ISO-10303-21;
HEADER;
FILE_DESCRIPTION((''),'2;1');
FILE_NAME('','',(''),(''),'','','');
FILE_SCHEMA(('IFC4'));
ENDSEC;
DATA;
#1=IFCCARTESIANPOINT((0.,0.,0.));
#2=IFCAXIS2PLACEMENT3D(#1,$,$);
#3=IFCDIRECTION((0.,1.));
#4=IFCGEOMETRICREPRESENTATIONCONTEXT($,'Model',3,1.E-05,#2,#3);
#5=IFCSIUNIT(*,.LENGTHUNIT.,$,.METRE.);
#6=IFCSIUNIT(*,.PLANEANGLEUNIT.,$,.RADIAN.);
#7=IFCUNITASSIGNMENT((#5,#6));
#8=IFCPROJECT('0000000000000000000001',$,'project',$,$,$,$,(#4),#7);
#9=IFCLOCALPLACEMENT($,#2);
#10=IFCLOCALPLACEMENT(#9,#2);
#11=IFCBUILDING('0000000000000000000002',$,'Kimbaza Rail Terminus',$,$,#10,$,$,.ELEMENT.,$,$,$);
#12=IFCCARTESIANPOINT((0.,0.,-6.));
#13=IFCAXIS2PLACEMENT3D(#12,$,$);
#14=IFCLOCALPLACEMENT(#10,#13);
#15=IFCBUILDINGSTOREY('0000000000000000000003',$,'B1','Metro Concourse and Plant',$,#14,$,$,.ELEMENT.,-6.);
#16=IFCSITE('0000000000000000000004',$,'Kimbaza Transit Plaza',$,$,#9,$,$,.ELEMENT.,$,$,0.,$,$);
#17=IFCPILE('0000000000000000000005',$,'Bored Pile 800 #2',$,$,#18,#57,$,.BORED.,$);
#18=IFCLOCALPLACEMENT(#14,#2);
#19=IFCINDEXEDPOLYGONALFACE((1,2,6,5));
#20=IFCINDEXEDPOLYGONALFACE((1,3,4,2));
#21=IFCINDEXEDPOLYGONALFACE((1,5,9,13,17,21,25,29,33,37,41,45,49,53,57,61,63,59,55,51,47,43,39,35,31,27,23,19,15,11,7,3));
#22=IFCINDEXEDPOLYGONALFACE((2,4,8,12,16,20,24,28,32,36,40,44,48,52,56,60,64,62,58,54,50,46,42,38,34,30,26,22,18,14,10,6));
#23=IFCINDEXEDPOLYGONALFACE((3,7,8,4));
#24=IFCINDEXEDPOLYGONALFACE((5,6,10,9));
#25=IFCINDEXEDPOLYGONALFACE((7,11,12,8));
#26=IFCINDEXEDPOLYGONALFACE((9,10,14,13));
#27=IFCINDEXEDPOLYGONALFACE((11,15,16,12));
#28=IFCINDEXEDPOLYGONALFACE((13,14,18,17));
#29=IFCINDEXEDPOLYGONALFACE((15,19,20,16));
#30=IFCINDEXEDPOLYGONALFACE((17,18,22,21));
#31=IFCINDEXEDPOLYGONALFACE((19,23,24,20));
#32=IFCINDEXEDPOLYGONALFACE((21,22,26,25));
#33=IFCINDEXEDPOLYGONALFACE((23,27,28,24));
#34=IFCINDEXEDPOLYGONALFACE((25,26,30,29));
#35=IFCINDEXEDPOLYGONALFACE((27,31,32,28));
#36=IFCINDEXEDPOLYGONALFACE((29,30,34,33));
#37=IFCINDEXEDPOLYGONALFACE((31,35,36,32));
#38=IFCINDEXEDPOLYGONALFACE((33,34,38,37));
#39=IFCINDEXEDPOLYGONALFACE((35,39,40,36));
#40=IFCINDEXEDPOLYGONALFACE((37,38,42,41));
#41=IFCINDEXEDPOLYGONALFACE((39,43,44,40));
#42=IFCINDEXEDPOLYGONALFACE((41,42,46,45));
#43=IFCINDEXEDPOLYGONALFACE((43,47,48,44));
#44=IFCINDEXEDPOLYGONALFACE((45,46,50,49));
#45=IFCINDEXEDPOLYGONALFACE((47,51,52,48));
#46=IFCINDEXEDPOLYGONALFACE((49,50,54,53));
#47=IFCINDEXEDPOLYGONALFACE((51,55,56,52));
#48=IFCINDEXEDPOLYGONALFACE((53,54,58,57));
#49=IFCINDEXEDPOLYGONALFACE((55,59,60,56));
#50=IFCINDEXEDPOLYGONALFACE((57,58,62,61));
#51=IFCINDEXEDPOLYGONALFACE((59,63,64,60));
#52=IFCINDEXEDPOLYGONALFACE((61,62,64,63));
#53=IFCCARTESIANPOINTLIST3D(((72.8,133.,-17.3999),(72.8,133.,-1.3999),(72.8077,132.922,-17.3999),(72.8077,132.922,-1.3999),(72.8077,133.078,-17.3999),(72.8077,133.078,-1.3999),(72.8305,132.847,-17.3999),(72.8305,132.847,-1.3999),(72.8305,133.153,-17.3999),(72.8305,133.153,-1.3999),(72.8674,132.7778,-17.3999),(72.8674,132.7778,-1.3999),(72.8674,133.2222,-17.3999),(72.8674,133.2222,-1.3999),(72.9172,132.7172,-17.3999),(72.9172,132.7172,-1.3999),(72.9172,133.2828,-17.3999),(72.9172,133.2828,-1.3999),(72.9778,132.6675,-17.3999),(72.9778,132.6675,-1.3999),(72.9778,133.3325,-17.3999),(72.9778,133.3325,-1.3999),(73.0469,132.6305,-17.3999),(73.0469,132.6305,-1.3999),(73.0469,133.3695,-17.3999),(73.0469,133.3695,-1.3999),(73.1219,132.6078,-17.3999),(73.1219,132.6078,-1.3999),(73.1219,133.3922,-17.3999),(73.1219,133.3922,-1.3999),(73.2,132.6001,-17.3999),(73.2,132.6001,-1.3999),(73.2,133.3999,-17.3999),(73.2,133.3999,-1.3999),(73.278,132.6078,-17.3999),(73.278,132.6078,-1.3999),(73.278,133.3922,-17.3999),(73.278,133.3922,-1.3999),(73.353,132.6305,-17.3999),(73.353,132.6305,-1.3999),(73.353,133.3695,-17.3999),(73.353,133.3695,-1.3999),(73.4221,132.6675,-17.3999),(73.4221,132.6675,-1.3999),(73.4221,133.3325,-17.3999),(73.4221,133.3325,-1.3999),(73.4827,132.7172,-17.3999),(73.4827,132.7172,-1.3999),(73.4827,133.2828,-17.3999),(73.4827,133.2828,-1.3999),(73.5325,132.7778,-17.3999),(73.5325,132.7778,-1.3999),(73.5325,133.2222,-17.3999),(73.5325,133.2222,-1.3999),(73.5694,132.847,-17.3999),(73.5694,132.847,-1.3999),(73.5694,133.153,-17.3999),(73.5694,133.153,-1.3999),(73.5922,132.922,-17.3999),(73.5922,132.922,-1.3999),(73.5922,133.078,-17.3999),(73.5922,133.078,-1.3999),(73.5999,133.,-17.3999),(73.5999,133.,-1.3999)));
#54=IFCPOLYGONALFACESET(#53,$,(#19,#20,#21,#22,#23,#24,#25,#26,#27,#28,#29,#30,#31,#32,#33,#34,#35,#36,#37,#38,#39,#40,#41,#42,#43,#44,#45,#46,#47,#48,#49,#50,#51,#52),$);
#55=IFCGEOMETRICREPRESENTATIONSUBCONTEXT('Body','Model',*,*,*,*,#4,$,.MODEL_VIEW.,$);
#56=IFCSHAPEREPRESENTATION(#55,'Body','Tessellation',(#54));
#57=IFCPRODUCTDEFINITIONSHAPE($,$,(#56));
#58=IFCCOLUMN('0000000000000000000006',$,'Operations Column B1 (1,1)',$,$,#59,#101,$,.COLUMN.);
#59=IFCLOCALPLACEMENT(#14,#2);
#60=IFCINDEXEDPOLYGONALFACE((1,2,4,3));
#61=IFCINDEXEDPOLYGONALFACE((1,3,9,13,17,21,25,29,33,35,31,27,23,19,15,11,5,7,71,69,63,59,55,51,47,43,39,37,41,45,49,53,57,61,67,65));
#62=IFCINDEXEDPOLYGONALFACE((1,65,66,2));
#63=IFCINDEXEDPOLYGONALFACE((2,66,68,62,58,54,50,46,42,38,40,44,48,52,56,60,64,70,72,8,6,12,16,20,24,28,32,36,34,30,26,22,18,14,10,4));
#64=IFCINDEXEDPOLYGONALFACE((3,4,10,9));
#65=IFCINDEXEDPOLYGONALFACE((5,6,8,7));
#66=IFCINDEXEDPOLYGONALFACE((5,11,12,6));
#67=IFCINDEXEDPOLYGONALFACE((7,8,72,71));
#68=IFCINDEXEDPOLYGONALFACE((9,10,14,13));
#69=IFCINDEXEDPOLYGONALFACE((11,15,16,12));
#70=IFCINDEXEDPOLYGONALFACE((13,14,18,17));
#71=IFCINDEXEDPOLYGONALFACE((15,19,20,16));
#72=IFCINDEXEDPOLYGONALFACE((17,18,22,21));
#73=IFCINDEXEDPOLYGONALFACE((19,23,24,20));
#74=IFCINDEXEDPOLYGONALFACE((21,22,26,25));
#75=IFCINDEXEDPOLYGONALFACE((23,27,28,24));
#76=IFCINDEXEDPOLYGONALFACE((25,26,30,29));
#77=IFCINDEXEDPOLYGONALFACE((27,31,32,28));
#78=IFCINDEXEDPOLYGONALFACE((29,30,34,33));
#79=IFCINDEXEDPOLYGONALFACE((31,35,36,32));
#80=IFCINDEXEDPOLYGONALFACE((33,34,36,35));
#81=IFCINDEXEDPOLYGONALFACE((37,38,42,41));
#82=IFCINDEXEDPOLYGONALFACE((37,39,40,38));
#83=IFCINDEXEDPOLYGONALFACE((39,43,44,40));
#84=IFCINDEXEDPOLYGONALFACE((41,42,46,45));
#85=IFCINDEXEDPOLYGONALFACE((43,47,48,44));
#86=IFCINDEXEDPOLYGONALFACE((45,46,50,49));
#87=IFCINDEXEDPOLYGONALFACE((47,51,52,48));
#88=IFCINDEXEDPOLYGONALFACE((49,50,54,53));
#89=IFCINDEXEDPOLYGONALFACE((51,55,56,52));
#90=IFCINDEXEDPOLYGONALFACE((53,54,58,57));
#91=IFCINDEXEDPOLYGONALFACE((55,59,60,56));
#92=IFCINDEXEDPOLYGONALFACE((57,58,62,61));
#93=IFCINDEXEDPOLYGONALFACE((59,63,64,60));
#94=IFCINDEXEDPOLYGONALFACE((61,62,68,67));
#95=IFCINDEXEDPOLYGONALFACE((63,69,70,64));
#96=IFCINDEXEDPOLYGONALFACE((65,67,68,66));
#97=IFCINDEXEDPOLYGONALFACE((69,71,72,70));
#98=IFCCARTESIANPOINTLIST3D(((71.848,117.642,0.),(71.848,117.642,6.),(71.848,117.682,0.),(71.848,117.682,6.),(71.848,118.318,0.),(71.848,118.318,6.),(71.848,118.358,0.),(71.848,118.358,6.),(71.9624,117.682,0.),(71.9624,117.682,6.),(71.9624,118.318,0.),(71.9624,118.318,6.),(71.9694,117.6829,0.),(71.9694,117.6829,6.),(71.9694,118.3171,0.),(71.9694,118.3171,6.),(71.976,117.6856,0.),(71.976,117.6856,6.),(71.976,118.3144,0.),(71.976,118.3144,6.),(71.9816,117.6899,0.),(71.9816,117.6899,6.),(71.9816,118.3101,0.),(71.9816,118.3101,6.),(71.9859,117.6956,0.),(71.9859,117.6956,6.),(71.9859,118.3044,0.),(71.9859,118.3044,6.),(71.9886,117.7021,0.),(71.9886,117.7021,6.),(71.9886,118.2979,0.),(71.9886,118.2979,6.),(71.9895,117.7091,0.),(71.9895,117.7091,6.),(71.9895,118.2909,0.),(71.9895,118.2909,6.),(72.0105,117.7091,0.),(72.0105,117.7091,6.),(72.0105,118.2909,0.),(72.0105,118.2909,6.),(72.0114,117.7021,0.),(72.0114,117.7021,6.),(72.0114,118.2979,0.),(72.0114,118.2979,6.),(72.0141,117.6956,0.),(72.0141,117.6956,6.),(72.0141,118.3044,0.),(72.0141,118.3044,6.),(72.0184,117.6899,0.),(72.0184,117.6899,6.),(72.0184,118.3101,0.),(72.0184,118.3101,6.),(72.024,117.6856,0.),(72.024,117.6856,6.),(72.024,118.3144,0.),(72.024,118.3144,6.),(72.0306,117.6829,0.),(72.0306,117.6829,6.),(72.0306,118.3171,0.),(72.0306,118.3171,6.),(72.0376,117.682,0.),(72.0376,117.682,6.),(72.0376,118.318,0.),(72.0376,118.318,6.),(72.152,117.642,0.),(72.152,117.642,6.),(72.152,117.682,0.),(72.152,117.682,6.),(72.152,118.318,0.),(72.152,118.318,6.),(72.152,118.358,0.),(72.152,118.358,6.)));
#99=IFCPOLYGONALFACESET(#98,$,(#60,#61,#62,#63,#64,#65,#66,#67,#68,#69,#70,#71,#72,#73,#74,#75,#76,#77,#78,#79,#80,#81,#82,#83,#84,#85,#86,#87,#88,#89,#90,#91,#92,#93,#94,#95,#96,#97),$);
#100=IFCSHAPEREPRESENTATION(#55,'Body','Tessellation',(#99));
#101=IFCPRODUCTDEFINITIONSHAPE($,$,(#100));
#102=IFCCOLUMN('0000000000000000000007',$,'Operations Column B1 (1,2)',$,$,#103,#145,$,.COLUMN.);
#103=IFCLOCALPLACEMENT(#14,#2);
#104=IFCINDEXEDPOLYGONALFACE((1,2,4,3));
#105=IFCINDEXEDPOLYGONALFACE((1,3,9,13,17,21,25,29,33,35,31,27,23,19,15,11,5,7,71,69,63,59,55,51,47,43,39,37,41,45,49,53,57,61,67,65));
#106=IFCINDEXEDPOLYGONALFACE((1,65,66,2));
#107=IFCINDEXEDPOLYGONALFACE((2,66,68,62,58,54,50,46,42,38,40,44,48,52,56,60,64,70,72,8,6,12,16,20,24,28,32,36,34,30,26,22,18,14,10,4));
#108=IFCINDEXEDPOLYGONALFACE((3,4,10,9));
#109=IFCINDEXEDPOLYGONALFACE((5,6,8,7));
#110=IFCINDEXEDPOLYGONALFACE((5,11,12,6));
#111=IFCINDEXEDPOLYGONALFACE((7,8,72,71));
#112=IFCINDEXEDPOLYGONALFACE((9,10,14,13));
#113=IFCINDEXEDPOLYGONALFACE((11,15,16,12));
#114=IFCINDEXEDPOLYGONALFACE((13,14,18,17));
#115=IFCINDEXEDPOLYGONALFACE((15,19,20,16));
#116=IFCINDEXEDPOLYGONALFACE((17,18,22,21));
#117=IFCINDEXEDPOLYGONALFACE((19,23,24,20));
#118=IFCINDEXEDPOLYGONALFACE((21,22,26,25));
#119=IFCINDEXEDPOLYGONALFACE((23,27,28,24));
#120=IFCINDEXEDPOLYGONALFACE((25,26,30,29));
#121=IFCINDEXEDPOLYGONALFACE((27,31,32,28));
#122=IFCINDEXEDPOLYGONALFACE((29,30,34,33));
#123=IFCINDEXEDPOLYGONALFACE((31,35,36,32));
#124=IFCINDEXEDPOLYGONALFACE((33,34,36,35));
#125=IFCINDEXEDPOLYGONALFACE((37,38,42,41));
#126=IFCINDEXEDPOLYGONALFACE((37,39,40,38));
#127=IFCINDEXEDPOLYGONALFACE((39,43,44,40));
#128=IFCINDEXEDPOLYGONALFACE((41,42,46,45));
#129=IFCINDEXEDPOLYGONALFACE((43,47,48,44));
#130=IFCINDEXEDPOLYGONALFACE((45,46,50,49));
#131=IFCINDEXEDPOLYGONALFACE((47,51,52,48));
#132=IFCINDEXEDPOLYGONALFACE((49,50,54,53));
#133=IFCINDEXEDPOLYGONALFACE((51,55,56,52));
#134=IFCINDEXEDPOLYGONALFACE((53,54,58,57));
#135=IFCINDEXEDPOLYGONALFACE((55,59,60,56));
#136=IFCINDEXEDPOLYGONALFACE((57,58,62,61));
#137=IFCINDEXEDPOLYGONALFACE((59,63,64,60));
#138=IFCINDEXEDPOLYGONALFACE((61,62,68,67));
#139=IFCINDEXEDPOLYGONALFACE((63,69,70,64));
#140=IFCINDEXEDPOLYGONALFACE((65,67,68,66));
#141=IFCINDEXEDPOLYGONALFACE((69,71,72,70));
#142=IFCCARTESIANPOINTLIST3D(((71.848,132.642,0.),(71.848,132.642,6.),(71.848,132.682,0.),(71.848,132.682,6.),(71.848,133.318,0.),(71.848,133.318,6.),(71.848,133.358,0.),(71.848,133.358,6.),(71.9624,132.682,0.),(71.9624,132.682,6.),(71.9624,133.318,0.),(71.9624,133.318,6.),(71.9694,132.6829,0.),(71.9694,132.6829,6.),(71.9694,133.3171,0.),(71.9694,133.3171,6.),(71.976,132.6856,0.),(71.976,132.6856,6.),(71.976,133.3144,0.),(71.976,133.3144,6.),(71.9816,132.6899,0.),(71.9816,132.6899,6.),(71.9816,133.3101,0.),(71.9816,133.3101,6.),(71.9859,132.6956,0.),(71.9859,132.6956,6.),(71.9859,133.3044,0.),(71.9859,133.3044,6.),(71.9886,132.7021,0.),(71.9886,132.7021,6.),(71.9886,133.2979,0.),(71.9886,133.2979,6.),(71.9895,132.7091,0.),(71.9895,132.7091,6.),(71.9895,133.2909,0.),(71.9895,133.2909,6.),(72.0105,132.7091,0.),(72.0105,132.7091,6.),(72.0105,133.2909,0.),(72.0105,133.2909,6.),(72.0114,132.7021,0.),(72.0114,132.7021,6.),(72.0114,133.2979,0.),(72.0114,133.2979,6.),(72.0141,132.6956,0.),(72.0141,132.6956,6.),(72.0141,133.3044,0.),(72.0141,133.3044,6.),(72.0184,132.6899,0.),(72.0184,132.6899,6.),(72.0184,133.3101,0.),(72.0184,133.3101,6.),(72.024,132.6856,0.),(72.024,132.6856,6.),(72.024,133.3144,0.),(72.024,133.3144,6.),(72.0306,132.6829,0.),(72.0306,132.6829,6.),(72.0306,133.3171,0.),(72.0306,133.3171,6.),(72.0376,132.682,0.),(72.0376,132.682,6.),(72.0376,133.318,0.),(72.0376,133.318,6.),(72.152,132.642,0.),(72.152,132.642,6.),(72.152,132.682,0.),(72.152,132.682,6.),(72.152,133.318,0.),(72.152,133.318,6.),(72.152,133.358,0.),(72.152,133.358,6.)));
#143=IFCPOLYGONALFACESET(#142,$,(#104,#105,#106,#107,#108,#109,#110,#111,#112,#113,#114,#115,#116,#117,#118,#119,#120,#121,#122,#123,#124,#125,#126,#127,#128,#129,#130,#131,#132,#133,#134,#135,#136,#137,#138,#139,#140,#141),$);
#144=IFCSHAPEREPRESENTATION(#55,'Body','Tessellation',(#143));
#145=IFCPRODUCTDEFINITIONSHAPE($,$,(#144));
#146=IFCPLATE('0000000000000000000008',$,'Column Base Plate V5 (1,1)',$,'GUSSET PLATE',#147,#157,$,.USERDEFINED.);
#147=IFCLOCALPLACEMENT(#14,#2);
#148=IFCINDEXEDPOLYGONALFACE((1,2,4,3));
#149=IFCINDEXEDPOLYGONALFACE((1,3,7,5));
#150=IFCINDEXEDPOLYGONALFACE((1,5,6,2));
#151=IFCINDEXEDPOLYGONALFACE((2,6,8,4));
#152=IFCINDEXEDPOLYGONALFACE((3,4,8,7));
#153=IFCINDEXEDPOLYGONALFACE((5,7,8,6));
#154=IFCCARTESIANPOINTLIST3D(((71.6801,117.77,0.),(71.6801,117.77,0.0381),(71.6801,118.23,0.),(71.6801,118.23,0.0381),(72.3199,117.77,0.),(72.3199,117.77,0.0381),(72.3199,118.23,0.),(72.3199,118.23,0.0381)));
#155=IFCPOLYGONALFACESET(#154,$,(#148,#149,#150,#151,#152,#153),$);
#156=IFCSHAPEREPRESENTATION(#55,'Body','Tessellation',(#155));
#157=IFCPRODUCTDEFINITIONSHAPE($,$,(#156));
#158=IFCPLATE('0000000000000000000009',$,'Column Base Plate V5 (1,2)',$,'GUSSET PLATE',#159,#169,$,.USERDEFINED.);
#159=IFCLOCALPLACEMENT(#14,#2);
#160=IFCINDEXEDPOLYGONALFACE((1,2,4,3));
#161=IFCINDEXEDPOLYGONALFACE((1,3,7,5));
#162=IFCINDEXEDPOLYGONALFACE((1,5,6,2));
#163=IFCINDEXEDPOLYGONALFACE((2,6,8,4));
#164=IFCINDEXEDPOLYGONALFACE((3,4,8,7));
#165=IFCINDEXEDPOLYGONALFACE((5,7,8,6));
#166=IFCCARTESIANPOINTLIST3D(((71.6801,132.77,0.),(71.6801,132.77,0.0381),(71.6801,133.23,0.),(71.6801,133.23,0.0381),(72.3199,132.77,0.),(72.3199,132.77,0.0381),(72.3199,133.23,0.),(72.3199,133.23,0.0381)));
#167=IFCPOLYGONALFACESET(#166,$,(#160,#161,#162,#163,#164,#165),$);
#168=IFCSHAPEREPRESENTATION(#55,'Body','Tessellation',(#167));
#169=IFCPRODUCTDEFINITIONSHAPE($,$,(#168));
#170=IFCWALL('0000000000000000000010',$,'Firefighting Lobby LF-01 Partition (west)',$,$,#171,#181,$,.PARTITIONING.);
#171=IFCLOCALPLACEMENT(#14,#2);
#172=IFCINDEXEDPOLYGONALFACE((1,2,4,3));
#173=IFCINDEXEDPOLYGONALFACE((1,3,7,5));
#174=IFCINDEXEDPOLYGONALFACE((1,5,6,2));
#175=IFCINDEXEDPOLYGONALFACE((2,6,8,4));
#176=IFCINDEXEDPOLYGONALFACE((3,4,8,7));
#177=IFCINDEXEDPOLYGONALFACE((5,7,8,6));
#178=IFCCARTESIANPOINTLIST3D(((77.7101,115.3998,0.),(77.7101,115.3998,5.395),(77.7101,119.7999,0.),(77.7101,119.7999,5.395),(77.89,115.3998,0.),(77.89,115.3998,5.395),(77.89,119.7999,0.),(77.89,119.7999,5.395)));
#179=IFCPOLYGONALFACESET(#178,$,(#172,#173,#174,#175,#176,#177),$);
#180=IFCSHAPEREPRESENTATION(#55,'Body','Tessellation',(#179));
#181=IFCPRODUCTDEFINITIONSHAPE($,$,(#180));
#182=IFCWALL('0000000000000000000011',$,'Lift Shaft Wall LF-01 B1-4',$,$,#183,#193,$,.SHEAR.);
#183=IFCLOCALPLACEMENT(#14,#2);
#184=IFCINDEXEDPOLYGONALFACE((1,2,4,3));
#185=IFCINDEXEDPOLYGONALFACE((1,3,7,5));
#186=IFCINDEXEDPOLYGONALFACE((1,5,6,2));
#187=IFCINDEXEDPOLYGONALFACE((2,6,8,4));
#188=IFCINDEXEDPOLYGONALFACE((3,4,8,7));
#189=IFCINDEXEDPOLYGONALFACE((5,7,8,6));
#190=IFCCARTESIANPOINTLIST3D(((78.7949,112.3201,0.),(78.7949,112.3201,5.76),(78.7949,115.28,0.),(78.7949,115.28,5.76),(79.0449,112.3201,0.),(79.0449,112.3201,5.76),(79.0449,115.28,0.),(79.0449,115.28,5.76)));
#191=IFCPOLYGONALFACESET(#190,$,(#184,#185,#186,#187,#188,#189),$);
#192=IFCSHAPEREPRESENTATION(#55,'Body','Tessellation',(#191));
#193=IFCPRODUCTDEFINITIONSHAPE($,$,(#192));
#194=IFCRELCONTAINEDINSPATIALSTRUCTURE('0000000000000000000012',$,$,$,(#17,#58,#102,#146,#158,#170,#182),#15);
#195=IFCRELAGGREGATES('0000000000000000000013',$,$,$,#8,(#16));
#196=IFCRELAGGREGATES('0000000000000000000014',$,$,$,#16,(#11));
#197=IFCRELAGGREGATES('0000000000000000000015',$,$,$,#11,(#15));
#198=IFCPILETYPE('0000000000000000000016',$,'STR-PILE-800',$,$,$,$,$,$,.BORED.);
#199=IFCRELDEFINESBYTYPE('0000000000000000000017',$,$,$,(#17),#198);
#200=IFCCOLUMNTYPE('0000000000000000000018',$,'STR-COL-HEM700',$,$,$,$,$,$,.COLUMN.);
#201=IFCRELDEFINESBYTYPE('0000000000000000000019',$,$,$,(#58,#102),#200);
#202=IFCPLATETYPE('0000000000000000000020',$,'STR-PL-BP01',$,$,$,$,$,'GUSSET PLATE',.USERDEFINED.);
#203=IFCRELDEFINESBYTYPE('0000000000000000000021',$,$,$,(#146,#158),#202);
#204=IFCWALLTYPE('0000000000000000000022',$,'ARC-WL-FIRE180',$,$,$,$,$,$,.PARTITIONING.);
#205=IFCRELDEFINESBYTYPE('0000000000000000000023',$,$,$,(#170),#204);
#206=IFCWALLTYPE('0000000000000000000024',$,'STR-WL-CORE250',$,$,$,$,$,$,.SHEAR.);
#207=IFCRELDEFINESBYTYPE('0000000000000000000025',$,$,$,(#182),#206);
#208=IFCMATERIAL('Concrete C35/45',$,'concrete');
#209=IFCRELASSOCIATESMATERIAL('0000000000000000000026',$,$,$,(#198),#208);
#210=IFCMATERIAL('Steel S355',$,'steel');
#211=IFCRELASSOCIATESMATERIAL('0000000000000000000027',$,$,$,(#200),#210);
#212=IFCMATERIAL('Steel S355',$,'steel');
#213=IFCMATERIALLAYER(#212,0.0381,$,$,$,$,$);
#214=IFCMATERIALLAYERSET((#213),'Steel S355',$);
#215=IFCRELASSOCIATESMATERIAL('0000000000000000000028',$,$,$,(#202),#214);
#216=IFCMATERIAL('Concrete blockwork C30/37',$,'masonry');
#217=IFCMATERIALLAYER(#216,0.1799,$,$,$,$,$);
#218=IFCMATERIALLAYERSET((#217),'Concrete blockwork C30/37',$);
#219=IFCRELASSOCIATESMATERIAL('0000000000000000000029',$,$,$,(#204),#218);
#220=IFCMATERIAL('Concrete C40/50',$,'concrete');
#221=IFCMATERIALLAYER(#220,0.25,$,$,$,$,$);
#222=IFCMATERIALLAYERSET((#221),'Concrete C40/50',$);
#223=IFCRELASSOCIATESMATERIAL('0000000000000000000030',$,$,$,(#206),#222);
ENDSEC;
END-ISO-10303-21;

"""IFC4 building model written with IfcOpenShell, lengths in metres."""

from ifc_helpers import new_model, si_unit, direction, frame, frame_2d, origin, origin_2d, place, context, subcontext, project, spatial, rectangle, circle, i_section, extrude, material, layer, layer_set, material_profile, profile_set, type_object, element, save


model = new_model("IFC4")

# Units and contexts
model_context = context("Model", 3, precision=1e-05, world=origin(), true_north=direction((0.0, 1.0)))
body_context = subcontext(model_context, "Body", "Model", "MODEL_VIEW")
ifc_project = project(units=[si_unit("LENGTHUNIT", "METRE"), si_unit("PLANEANGLEUNIT", "RADIAN")], contexts=[model_context])

# Site, building, storey
site_placement = place(None, origin())
site = spatial("IfcSite", under=ifc_project, at=site_placement, Name="Kimbaza Transit Plaza", CompositionType="ELEMENT", RefElevation=0.0)
building_placement = place(site_placement, origin())
building = spatial("IfcBuilding", under=site, at=building_placement, Name="Kimbaza Rail Terminus", CompositionType="ELEMENT")
storey_placement = place(building_placement, frame((0.0, 0.0, -6.0)))
storey = spatial("IfcBuildingStorey", under=building, at=storey_placement, Name="B1", Description="Metro Concourse and Plant", CompositionType="ELEMENT", Elevation=-6.0)

# Pile
ifc_material_1 = material(Name="Concrete C35/45", Category="concrete")
ifc_material_profile_1 = material_profile(ifc_material_1, circle(Radius=0.3999, at=origin_2d()), Name="BORED PILE 800")
ifc_profile_set_1 = profile_set([ifc_material_profile_1], Name="Concrete C35/45")
pile_type_1 = type_object("IfcPileType", Name="STR-PILE-800", PredefinedType="BORED", material=ifc_profile_set_1)
pile_placement = place(storey_placement, frame((73.2, 133.0, -1.3999), z_axis=(0.0, 0.0, -1.0), x_axis=(1.0, 0.0, 0.0)))
element("IfcPile", 1, at=pile_placement, inside=storey, type_object=pile_type_1, Name="Bored Pile 800 #2", PredefinedType="BORED", context=body_context, shape_type="SweptSolid", body=[
    extrude(circle(Radius=0.3999, at=origin_2d()), origin(), (0.0, 0.0, 1.0), 16.0),
])

# Columns
ifc_material_2 = material(Name="Steel S355", Category="steel")
ifc_material_profile_2 = material_profile(ifc_material_2, i_section(OverallWidth=0.304, OverallDepth=0.7161, WebThickness=0.021, FlangeThickness=0.04, FilletRadius=0.0271, at=origin_2d()), Name="HEM 700")
ifc_profile_set_2 = profile_set([ifc_material_profile_2], Name="Steel S355")
column_type = type_object("IfcColumnType", Name="STR-COL-HEM700", PredefinedType="COLUMN", material=ifc_profile_set_2)
for number, where, z_axis, x_axis, name in (
    (2, (72.0, 118.0, 0.0), (0.0, 0.0, 1.0), (1.0, 0.0, 0.0), "Operations Column B1 (1,1)"),
    (3, (72.0, 133.0, 0.0), (0.0, 0.0, 1.0), (1.0, 0.0, 0.0), "Operations Column B1 (1,2)"),
):
    element("IfcColumn", number, at=place(storey_placement, frame(where, z_axis=z_axis, x_axis=x_axis)), inside=storey, type_object=column_type, Name=name, PredefinedType="COLUMN", context=body_context, shape_type="SweptSolid", body=[
        extrude(i_section(OverallWidth=0.304, OverallDepth=0.7161, WebThickness=0.021, FlangeThickness=0.04, FilletRadius=0.0271, at=origin_2d()), origin(), (0.0, 0.0, 1.0), 6.0),
    ])

# Plates
ifc_material_3 = material(Name="Steel S355", Category="steel")
ifc_layer_1 = layer(ifc_material_3, 0.0381)
ifc_layer_set_1 = layer_set([ifc_layer_1], Name="Steel S355")
plate_type = type_object("IfcPlateType", Name="STR-PL-BP01", ElementType="GUSSET PLATE", PredefinedType="USERDEFINED", material=ifc_layer_set_1)
for number, where, z_axis, x_axis, name in (
    (4, (72.0, 118.0, 0.0), (0.0, 0.0, 1.0), (1.0, 0.0, 0.0), "Column Base Plate V5 (1,1)"),
    (5, (72.0, 133.0, 0.0), (0.0, 0.0, 1.0), (1.0, 0.0, 0.0), "Column Base Plate V5 (1,2)"),
):
    element("IfcPlate", number, at=place(storey_placement, frame(where, z_axis=z_axis, x_axis=x_axis)), inside=storey, type_object=plate_type, Name=name, ObjectType="GUSSET PLATE", PredefinedType="USERDEFINED", context=body_context, shape_type="SweptSolid", body=[
        extrude(rectangle(XDim=0.6399, YDim=0.46, at=origin_2d()), origin(), (0.0, 0.0, 1.0), 0.0381),
    ])

# Walls
ifc_material_4 = material(Name="Concrete blockwork C30/37", Category="masonry")
ifc_layer_2 = layer(ifc_material_4, 0.1799)
ifc_layer_set_2 = layer_set([ifc_layer_2], Name="Concrete blockwork C30/37")
wall_type_1 = type_object("IfcWallType", Name="ARC-WL-FIRE180", PredefinedType="PARTITIONING", material=ifc_layer_set_2)
wall_1_placement = place(storey_placement, frame((77.8, 119.8, 0.0), z_axis=(0.0, 0.0, 1.0), x_axis=(0.0, -1.0, 0.0)))
element("IfcWall", 6, at=wall_1_placement, inside=storey, type_object=wall_type_1, Name="Firefighting Lobby LF-01 Partition (west)", PredefinedType="PARTITIONING", context=body_context, shape_type="SweptSolid", body=[
    extrude(rectangle(XDim=4.4001, YDim=0.1799, at=frame_2d((2.2002, 0.0))), origin(), (0.0, 0.0, 1.0), 5.395),
])
ifc_material_5 = material(Name="Concrete C40/50", Category="concrete")
ifc_layer_3 = layer(ifc_material_5, 0.25)
ifc_layer_set_3 = layer_set([ifc_layer_3], Name="Concrete C40/50")
wall_type_2 = type_object("IfcWallType", Name="STR-WL-CORE250", PredefinedType="SHEAR", material=ifc_layer_set_3)
wall_2_placement = place(storey_placement, frame((78.9199, 115.28, 0.0), z_axis=(0.0, 0.0, 1.0), x_axis=(0.0, -1.0, 0.0)))
element("IfcWall", 7, at=wall_2_placement, inside=storey, type_object=wall_type_2, Name="Lift Shaft Wall LF-01 B1-4", PredefinedType="SHEAR", context=body_context, shape_type="SweptSolid", body=[
    extrude(rectangle(XDim=2.96, YDim=0.25, at=frame_2d((1.48, 0.0))), origin(), (0.0, 0.0, 1.0), 5.76),
])

save(model, "model.ifc")
